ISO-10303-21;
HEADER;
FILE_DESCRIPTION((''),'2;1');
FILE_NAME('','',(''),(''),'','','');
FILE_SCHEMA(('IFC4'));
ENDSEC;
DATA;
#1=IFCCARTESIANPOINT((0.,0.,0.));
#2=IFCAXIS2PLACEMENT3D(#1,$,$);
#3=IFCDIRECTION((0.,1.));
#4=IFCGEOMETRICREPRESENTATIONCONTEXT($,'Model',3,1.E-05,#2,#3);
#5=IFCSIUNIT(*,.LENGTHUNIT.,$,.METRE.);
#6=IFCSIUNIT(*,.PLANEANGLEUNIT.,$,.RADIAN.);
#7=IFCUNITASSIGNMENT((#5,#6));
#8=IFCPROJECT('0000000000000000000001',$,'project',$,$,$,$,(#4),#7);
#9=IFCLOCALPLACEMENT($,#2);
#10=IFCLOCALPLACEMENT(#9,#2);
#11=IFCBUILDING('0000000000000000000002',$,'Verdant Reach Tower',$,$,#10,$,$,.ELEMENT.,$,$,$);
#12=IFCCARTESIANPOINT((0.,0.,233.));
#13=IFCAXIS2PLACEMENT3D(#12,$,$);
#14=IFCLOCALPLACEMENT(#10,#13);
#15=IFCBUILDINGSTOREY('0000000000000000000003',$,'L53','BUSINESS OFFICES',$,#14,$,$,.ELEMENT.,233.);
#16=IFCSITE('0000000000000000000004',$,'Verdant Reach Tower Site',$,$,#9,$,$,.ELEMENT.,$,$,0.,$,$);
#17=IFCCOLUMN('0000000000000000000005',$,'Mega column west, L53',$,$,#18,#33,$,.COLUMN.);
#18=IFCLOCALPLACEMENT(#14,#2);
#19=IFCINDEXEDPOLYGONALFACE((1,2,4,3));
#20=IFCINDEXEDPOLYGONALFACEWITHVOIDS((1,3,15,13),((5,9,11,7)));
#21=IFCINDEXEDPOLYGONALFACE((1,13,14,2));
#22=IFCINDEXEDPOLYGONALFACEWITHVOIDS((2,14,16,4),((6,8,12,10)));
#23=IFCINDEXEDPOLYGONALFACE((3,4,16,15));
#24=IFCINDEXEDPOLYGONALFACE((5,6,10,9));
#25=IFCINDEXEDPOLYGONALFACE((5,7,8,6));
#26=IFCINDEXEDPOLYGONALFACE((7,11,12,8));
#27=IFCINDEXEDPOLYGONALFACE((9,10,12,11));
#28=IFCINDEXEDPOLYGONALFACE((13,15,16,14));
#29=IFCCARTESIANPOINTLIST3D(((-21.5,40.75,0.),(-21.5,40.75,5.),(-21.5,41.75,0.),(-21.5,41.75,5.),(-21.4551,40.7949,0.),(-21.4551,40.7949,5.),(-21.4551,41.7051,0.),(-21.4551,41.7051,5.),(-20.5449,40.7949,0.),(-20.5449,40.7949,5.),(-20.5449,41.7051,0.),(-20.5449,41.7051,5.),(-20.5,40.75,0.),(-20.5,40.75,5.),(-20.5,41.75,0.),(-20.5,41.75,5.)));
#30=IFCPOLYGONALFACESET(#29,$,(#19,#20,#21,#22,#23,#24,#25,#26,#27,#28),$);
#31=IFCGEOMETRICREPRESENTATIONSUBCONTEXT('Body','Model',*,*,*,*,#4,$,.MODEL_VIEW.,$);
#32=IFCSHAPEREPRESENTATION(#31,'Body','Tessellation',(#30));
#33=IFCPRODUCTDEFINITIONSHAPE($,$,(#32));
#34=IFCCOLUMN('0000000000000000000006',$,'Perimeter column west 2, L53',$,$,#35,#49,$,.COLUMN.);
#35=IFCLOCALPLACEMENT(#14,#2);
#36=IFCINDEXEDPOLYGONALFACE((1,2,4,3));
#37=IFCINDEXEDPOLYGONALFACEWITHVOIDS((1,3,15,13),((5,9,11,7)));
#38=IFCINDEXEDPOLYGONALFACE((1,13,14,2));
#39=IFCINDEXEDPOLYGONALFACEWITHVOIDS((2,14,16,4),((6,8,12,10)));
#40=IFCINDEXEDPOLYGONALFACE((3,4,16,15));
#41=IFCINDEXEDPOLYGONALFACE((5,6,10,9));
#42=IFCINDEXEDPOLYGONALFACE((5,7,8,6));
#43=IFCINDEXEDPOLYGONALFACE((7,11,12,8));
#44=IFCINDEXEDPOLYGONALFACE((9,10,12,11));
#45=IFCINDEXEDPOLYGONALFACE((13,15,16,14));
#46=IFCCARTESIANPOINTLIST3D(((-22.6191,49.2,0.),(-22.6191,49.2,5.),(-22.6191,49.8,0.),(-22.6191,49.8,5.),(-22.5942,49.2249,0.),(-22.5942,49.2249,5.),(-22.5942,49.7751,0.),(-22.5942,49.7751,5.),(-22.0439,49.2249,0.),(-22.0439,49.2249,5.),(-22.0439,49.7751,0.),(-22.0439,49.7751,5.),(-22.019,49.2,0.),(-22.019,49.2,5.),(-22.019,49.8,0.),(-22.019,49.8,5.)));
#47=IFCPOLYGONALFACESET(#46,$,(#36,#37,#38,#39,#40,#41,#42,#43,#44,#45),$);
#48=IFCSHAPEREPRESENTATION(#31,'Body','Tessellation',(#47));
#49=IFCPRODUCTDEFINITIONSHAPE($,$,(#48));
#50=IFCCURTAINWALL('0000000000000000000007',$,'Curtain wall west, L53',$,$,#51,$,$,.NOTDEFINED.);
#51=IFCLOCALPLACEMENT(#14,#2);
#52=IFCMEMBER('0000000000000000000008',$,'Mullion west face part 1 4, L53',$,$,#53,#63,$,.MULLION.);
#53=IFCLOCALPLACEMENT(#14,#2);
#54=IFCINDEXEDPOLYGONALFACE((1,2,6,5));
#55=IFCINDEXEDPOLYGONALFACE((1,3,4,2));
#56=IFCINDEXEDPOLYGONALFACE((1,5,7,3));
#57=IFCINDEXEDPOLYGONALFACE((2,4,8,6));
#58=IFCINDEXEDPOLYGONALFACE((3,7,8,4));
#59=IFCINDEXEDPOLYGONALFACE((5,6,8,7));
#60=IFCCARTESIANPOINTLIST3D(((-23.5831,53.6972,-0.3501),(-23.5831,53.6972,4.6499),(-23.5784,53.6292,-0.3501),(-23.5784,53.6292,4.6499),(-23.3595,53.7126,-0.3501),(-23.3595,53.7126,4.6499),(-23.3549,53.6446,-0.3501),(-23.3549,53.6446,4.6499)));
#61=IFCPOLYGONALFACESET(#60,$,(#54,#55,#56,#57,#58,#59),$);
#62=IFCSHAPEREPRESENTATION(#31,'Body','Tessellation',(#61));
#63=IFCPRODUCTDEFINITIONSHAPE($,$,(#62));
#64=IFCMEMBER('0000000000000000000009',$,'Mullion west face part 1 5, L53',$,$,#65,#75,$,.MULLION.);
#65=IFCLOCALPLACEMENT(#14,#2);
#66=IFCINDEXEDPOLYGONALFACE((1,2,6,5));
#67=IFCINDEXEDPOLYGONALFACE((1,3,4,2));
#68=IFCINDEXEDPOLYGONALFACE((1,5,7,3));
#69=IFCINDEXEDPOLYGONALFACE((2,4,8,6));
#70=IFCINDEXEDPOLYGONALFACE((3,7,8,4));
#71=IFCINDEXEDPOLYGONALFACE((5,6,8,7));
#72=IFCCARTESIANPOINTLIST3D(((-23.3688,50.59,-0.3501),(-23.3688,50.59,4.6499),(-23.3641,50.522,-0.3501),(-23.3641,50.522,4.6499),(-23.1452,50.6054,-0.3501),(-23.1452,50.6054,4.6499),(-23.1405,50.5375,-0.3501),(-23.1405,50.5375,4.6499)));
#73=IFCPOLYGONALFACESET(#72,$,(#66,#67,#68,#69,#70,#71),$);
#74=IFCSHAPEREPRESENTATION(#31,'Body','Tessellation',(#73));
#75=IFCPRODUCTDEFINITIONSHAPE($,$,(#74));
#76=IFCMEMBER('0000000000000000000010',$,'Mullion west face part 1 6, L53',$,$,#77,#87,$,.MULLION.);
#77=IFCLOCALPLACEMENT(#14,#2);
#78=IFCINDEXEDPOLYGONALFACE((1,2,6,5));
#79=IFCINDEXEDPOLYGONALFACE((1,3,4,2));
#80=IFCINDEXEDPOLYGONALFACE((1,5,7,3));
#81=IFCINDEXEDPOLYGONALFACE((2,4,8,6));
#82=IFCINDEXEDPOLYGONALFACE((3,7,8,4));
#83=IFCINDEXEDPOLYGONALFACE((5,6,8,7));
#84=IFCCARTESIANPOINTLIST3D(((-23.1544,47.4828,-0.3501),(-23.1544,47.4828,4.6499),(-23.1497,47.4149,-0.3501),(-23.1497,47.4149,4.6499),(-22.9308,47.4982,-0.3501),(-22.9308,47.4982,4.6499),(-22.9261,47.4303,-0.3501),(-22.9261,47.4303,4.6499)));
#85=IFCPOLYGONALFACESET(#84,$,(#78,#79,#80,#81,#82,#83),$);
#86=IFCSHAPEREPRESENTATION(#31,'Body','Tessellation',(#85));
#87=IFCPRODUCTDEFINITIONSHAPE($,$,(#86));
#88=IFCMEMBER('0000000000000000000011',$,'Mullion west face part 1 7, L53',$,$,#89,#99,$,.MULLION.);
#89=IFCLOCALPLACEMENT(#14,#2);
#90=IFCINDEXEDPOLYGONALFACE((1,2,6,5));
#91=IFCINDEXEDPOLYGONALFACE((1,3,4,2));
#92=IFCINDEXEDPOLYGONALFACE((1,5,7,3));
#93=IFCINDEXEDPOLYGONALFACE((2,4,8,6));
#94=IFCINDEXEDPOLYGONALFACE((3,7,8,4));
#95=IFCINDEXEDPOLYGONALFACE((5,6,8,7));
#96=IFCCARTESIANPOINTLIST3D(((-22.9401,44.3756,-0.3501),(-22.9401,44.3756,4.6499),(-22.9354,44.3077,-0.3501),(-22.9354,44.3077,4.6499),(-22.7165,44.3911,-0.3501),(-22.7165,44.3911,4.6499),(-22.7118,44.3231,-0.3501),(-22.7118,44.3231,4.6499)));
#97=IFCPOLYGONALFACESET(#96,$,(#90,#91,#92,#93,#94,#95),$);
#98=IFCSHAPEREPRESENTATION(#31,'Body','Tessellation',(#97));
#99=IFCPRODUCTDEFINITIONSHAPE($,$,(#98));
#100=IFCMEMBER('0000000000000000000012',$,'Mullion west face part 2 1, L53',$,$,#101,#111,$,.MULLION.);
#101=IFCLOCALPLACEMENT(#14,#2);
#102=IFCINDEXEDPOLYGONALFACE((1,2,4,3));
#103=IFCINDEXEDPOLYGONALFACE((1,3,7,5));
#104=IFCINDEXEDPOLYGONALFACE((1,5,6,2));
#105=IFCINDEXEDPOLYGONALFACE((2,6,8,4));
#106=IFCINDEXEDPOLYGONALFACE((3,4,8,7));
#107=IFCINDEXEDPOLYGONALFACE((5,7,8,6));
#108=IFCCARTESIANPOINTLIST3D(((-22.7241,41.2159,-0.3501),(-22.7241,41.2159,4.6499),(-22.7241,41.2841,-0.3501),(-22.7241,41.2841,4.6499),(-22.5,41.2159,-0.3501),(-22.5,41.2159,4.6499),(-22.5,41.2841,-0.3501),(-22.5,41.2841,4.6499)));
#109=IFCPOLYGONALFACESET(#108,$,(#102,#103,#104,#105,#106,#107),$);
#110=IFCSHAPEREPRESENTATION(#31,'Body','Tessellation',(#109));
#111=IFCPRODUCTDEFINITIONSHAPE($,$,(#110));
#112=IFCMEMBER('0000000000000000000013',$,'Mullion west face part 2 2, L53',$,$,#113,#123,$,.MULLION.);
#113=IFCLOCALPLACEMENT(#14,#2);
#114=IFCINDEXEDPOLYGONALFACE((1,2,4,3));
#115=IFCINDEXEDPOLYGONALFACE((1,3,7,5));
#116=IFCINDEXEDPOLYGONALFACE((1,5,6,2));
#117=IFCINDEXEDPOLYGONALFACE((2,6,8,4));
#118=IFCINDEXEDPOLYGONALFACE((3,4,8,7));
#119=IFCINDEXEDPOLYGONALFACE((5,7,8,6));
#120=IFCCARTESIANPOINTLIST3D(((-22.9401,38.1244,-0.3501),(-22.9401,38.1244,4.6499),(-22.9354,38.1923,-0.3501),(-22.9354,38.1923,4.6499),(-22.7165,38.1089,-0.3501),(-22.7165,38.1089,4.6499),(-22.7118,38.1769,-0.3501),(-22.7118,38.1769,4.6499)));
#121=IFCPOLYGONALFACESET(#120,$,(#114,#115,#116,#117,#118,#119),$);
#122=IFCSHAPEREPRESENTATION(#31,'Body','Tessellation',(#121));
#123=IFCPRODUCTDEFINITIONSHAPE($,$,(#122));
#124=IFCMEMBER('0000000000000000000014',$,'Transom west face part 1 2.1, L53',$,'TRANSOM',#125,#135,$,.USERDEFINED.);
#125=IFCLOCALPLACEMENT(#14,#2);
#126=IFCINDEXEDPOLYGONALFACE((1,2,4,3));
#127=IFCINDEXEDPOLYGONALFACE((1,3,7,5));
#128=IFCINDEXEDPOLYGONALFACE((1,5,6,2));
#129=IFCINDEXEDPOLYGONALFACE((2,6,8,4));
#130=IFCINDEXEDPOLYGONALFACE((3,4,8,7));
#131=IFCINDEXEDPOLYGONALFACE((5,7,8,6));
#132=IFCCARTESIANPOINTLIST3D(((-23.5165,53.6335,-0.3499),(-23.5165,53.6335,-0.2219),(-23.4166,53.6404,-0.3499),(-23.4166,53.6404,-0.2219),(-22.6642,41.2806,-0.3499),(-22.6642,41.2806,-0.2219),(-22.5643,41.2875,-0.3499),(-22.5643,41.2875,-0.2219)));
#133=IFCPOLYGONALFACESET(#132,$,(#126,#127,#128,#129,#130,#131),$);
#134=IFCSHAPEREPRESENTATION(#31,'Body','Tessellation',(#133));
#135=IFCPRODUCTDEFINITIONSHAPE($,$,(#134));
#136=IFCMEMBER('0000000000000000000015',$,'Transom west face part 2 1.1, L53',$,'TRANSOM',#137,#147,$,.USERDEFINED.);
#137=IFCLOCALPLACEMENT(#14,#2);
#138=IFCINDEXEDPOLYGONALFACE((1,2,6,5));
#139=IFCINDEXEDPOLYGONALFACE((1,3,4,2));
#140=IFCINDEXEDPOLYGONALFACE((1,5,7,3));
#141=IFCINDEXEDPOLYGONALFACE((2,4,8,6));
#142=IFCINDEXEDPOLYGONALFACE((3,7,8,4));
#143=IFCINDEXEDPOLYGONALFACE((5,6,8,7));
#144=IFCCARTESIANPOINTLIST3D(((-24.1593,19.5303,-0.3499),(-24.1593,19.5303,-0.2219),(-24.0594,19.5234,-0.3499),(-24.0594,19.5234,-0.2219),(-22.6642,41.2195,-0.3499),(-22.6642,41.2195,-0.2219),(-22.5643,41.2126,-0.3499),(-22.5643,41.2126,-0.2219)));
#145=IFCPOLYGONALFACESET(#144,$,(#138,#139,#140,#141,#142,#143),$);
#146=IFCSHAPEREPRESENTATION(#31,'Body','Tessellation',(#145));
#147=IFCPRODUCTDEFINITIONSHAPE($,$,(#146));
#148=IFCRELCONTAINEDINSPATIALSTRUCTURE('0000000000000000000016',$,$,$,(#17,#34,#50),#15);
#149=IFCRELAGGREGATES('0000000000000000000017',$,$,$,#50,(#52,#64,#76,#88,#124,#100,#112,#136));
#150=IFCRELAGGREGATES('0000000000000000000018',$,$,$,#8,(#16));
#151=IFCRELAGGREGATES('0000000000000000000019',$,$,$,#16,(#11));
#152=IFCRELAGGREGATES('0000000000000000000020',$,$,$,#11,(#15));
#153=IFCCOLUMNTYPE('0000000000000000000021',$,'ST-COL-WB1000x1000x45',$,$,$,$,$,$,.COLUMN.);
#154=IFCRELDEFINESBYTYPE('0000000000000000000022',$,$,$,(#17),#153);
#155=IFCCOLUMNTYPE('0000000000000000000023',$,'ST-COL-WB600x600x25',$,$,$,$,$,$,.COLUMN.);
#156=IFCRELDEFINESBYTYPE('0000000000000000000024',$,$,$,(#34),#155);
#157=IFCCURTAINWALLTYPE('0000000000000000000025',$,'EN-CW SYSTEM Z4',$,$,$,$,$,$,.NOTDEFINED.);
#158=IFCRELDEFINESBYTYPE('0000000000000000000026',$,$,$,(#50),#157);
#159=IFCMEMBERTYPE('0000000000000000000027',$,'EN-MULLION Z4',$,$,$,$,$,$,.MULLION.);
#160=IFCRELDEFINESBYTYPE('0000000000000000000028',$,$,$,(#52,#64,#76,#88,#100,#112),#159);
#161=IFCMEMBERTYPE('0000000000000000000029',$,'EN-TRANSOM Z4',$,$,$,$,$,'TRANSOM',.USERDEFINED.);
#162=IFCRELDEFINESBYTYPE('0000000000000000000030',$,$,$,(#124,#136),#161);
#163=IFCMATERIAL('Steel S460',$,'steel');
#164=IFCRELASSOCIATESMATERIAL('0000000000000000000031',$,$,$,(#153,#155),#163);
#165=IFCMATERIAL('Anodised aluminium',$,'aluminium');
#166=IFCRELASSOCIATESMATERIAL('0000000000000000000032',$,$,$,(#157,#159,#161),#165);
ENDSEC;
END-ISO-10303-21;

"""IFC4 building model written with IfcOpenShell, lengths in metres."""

from ifc_helpers import new_model, si_unit, direction, frame, origin, origin_2d, place, context, subcontext, project, spatial, rectangle, hollow_rectangle, extrude, material, material_profile, profile_set, type_object, element, aggregate, save


model = new_model("IFC4")

# Units and contexts
model_context = context("Model", 3, precision=1e-05, world=origin(), true_north=direction((0.0, 1.0)))
body_context = subcontext(model_context, "Body", "Model", "MODEL_VIEW")
ifc_project = project(units=[si_unit("LENGTHUNIT", "METRE"), si_unit("PLANEANGLEUNIT", "RADIAN")], contexts=[model_context])

# Site, building, storey
site_placement = place(None, origin())
site = spatial("IfcSite", under=ifc_project, at=site_placement, Name="Verdant Reach Tower Site", CompositionType="ELEMENT", RefElevation=0.0)
building_placement = place(site_placement, origin())
building = spatial("IfcBuilding", under=site, at=building_placement, Name="Verdant Reach Tower", CompositionType="ELEMENT")
storey_placement = place(building_placement, frame((0.0, 0.0, 233.0)))
storey = spatial("IfcBuildingStorey", under=building, at=storey_placement, Name="L53", Description="BUSINESS OFFICES", CompositionType="ELEMENT", Elevation=233.0)

# Columns
ifc_material_1 = material(Name="Steel S460", Category="steel")
ifc_material_profile_1 = material_profile(ifc_material_1, hollow_rectangle(XDim=1.0, YDim=1.0, WallThickness=0.0449, at=origin_2d()), Name="WB 1000x1000x45")
ifc_profile_set_1 = profile_set([ifc_material_profile_1], Name="Steel S460")
column_type_1 = type_object("IfcColumnType", Name="ST-COL-WB1000x1000x45", PredefinedType="COLUMN", material=ifc_profile_set_1)
column_1_placement = place(storey_placement, frame((-21.0, 41.25, 0.0), z_axis=(0.0, 0.0, 1.0), x_axis=(1.0, 0.0, 0.0)))
element("IfcColumn", 1, at=column_1_placement, inside=storey, type_object=column_type_1, Name="Mega column west, L53", PredefinedType="COLUMN", context=body_context, shape_type="SweptSolid", body=[
    extrude(hollow_rectangle(XDim=1.0, YDim=1.0, WallThickness=0.0449, at=origin_2d()), origin(), (0.0, 0.0, 1.0), 5.0),
])
ifc_material_profile_2 = material_profile(ifc_material_1, hollow_rectangle(XDim=0.6001, YDim=0.6001, WallThickness=0.0249, at=origin_2d()), Name="WB 600x600x25")
ifc_profile_set_2 = profile_set([ifc_material_profile_2], Name="Steel S460")
column_type_2 = type_object("IfcColumnType", Name="ST-COL-WB600x600x25", PredefinedType="COLUMN", material=ifc_profile_set_2)
column_2_placement = place(storey_placement, frame((-22.3191, 49.5, 0.0), z_axis=(0.0, 0.0, 1.0), x_axis=(1.0, 0.0, 0.0)))
element("IfcColumn", 2, at=column_2_placement, inside=storey, type_object=column_type_2, Name="Perimeter column west 2, L53", PredefinedType="COLUMN", context=body_context, shape_type="SweptSolid", body=[
    extrude(hollow_rectangle(XDim=0.6001, YDim=0.6001, WallThickness=0.0249, at=origin_2d()), origin(), (0.0, 0.0, 1.0), 5.0),
])

# Curtain wall, members
ifc_material_2 = material(Name="Anodised aluminium", Category="aluminium")
curtain_wall_type = type_object("IfcCurtainWallType", Name="EN-CW SYSTEM Z4", PredefinedType="NOTDEFINED", material=ifc_material_2)
curtain_wall_placement = place(storey_placement, origin())
curtain_wall = element("IfcCurtainWall", 3, at=curtain_wall_placement, inside=storey, type_object=curtain_wall_type, Name="Curtain wall west, L53", PredefinedType="NOTDEFINED")
ifc_material_profile_3 = material_profile(ifc_material_2, rectangle(XDim=0.2241, YDim=0.0681, at=origin_2d()), Name="Mullion 68x224")
ifc_profile_set_3 = profile_set([ifc_material_profile_3], Name="Anodised aluminium")
member_type_1 = type_object("IfcMemberType", Name="EN-MULLION Z4", PredefinedType="MULLION", material=ifc_profile_set_3)
member_1_placement = place(storey_placement, frame((-23.469, 53.6709, -0.3501), z_axis=(0.0, 0.0, 1.0), x_axis=(-0.99763, -0.068802, 0.0)))
member_1 = element("IfcMember", 4, at=member_1_placement, type_object=member_type_1, Name="Mullion west face part 1 4, L53", PredefinedType="MULLION", context=body_context, shape_type="SweptSolid", body=[
    extrude(rectangle(XDim=0.2241, YDim=0.0681, at=origin_2d()), origin(), (0.0, 0.0, 1.0), 5.0),
])
member_2_placement = place(storey_placement, frame((-23.2546, 50.5637, -0.3501), z_axis=(0.0, 0.0, 1.0), x_axis=(-0.99763, -0.068802, 0.0)))
member_2 = element("IfcMember", 5, at=member_2_placement, type_object=member_type_1, Name="Mullion west face part 1 5, L53", PredefinedType="MULLION", context=body_context, shape_type="SweptSolid", body=[
    extrude(rectangle(XDim=0.2241, YDim=0.0681, at=origin_2d()), origin(), (0.0, 0.0, 1.0), 5.0),
])
member_3_placement = place(storey_placement, frame((-23.0403, 47.4565, -0.3501), z_axis=(0.0, 0.0, 1.0), x_axis=(-0.99763, -0.068802, 0.0)))
member_3 = element("IfcMember", 6, at=member_3_placement, type_object=member_type_1, Name="Mullion west face part 1 6, L53", PredefinedType="MULLION", context=body_context, shape_type="SweptSolid", body=[
    extrude(rectangle(XDim=0.2241, YDim=0.0681, at=origin_2d()), origin(), (0.0, 0.0, 1.0), 5.0),
])
member_4_placement = place(storey_placement, frame((-22.8259, 44.3494, -0.3501), z_axis=(0.0, 0.0, 1.0), x_axis=(-0.99763, -0.068802, 0.0)))
member_4 = element("IfcMember", 7, at=member_4_placement, type_object=member_type_1, Name="Mullion west face part 1 7, L53", PredefinedType="MULLION", context=body_context, shape_type="SweptSolid", body=[
    extrude(rectangle(XDim=0.2241, YDim=0.0681, at=origin_2d()), origin(), (0.0, 0.0, 1.0), 5.0),
])
member_5_placement = place(storey_placement, frame((-22.6121, 41.25, -0.3501), z_axis=(0.0, 0.0, 1.0), x_axis=(-1.0, 0.0, 0.0)))
member_5 = element("IfcMember", 8, at=member_5_placement, type_object=member_type_1, Name="Mullion west face part 2 1, L53", PredefinedType="MULLION", context=body_context, shape_type="SweptSolid", body=[
    extrude(rectangle(XDim=0.2241, YDim=0.0681, at=origin_2d()), origin(), (0.0, 0.0, 1.0), 5.0),
])
member_6_placement = place(storey_placement, frame((-22.8259, 38.1506, -0.3501), z_axis=(0.0, 0.0, 1.0), x_axis=(-0.99763, 0.068802, 0.0)))
member_6 = element("IfcMember", 9, at=member_6_placement, type_object=member_type_1, Name="Mullion west face part 2 2, L53", PredefinedType="MULLION", context=body_context, shape_type="SweptSolid", body=[
    extrude(rectangle(XDim=0.2241, YDim=0.0681, at=origin_2d()), origin(), (0.0, 0.0, 1.0), 5.0),
])
ifc_material_profile_4 = material_profile(ifc_material_2, rectangle(XDim=0.1001, YDim=0.1279, at=origin_2d()), Name="Transom 128x100")
ifc_profile_set_4 = profile_set([ifc_material_profile_4], Name="Anodised aluminium")
member_type_2 = type_object("IfcMemberType", Name="EN-TRANSOM Z4", ElementType="TRANSOM", PredefinedType="USERDEFINED", material=ifc_profile_set_4)
member_7_placement = place(storey_placement, frame((-23.4666, 53.637, -0.2859), z_axis=(0.068831, -0.997628, 0.0), x_axis=(0.997628, 0.068831, 0.0)))
member_7 = element("IfcMember", 10, at=member_7_placement, type_object=member_type_2, Name="Transom west face part 1 2.1, L53", ObjectType="TRANSOM", PredefinedType="USERDEFINED", context=body_context, shape_type="SweptSolid", body=[
    extrude(rectangle(XDim=0.1001, YDim=0.1279, at=origin_2d()), origin(), (0.0, 0.0, 1.0), 12.3823),
])
member_8_placement = place(storey_placement, frame((-22.6143, 41.2161, -0.2859), z_axis=(-0.06877, -0.997633, 0.0), x_axis=(0.997633, -0.06877, 0.0)))
member_8 = element("IfcMember", 11, at=member_8_placement, type_object=member_type_2, Name="Transom west face part 2 1.1, L53", ObjectType="TRANSOM", PredefinedType="USERDEFINED", context=body_context, shape_type="SweptSolid", body=[
    extrude(rectangle(XDim=0.1001, YDim=0.1279, at=origin_2d()), origin(), (0.0, 0.0, 1.0), 21.7407),
])

aggregate(curtain_wall, [member_1, member_2, member_3, member_4, member_7, member_5, member_6, member_8])

save(model, "model.ifc")
